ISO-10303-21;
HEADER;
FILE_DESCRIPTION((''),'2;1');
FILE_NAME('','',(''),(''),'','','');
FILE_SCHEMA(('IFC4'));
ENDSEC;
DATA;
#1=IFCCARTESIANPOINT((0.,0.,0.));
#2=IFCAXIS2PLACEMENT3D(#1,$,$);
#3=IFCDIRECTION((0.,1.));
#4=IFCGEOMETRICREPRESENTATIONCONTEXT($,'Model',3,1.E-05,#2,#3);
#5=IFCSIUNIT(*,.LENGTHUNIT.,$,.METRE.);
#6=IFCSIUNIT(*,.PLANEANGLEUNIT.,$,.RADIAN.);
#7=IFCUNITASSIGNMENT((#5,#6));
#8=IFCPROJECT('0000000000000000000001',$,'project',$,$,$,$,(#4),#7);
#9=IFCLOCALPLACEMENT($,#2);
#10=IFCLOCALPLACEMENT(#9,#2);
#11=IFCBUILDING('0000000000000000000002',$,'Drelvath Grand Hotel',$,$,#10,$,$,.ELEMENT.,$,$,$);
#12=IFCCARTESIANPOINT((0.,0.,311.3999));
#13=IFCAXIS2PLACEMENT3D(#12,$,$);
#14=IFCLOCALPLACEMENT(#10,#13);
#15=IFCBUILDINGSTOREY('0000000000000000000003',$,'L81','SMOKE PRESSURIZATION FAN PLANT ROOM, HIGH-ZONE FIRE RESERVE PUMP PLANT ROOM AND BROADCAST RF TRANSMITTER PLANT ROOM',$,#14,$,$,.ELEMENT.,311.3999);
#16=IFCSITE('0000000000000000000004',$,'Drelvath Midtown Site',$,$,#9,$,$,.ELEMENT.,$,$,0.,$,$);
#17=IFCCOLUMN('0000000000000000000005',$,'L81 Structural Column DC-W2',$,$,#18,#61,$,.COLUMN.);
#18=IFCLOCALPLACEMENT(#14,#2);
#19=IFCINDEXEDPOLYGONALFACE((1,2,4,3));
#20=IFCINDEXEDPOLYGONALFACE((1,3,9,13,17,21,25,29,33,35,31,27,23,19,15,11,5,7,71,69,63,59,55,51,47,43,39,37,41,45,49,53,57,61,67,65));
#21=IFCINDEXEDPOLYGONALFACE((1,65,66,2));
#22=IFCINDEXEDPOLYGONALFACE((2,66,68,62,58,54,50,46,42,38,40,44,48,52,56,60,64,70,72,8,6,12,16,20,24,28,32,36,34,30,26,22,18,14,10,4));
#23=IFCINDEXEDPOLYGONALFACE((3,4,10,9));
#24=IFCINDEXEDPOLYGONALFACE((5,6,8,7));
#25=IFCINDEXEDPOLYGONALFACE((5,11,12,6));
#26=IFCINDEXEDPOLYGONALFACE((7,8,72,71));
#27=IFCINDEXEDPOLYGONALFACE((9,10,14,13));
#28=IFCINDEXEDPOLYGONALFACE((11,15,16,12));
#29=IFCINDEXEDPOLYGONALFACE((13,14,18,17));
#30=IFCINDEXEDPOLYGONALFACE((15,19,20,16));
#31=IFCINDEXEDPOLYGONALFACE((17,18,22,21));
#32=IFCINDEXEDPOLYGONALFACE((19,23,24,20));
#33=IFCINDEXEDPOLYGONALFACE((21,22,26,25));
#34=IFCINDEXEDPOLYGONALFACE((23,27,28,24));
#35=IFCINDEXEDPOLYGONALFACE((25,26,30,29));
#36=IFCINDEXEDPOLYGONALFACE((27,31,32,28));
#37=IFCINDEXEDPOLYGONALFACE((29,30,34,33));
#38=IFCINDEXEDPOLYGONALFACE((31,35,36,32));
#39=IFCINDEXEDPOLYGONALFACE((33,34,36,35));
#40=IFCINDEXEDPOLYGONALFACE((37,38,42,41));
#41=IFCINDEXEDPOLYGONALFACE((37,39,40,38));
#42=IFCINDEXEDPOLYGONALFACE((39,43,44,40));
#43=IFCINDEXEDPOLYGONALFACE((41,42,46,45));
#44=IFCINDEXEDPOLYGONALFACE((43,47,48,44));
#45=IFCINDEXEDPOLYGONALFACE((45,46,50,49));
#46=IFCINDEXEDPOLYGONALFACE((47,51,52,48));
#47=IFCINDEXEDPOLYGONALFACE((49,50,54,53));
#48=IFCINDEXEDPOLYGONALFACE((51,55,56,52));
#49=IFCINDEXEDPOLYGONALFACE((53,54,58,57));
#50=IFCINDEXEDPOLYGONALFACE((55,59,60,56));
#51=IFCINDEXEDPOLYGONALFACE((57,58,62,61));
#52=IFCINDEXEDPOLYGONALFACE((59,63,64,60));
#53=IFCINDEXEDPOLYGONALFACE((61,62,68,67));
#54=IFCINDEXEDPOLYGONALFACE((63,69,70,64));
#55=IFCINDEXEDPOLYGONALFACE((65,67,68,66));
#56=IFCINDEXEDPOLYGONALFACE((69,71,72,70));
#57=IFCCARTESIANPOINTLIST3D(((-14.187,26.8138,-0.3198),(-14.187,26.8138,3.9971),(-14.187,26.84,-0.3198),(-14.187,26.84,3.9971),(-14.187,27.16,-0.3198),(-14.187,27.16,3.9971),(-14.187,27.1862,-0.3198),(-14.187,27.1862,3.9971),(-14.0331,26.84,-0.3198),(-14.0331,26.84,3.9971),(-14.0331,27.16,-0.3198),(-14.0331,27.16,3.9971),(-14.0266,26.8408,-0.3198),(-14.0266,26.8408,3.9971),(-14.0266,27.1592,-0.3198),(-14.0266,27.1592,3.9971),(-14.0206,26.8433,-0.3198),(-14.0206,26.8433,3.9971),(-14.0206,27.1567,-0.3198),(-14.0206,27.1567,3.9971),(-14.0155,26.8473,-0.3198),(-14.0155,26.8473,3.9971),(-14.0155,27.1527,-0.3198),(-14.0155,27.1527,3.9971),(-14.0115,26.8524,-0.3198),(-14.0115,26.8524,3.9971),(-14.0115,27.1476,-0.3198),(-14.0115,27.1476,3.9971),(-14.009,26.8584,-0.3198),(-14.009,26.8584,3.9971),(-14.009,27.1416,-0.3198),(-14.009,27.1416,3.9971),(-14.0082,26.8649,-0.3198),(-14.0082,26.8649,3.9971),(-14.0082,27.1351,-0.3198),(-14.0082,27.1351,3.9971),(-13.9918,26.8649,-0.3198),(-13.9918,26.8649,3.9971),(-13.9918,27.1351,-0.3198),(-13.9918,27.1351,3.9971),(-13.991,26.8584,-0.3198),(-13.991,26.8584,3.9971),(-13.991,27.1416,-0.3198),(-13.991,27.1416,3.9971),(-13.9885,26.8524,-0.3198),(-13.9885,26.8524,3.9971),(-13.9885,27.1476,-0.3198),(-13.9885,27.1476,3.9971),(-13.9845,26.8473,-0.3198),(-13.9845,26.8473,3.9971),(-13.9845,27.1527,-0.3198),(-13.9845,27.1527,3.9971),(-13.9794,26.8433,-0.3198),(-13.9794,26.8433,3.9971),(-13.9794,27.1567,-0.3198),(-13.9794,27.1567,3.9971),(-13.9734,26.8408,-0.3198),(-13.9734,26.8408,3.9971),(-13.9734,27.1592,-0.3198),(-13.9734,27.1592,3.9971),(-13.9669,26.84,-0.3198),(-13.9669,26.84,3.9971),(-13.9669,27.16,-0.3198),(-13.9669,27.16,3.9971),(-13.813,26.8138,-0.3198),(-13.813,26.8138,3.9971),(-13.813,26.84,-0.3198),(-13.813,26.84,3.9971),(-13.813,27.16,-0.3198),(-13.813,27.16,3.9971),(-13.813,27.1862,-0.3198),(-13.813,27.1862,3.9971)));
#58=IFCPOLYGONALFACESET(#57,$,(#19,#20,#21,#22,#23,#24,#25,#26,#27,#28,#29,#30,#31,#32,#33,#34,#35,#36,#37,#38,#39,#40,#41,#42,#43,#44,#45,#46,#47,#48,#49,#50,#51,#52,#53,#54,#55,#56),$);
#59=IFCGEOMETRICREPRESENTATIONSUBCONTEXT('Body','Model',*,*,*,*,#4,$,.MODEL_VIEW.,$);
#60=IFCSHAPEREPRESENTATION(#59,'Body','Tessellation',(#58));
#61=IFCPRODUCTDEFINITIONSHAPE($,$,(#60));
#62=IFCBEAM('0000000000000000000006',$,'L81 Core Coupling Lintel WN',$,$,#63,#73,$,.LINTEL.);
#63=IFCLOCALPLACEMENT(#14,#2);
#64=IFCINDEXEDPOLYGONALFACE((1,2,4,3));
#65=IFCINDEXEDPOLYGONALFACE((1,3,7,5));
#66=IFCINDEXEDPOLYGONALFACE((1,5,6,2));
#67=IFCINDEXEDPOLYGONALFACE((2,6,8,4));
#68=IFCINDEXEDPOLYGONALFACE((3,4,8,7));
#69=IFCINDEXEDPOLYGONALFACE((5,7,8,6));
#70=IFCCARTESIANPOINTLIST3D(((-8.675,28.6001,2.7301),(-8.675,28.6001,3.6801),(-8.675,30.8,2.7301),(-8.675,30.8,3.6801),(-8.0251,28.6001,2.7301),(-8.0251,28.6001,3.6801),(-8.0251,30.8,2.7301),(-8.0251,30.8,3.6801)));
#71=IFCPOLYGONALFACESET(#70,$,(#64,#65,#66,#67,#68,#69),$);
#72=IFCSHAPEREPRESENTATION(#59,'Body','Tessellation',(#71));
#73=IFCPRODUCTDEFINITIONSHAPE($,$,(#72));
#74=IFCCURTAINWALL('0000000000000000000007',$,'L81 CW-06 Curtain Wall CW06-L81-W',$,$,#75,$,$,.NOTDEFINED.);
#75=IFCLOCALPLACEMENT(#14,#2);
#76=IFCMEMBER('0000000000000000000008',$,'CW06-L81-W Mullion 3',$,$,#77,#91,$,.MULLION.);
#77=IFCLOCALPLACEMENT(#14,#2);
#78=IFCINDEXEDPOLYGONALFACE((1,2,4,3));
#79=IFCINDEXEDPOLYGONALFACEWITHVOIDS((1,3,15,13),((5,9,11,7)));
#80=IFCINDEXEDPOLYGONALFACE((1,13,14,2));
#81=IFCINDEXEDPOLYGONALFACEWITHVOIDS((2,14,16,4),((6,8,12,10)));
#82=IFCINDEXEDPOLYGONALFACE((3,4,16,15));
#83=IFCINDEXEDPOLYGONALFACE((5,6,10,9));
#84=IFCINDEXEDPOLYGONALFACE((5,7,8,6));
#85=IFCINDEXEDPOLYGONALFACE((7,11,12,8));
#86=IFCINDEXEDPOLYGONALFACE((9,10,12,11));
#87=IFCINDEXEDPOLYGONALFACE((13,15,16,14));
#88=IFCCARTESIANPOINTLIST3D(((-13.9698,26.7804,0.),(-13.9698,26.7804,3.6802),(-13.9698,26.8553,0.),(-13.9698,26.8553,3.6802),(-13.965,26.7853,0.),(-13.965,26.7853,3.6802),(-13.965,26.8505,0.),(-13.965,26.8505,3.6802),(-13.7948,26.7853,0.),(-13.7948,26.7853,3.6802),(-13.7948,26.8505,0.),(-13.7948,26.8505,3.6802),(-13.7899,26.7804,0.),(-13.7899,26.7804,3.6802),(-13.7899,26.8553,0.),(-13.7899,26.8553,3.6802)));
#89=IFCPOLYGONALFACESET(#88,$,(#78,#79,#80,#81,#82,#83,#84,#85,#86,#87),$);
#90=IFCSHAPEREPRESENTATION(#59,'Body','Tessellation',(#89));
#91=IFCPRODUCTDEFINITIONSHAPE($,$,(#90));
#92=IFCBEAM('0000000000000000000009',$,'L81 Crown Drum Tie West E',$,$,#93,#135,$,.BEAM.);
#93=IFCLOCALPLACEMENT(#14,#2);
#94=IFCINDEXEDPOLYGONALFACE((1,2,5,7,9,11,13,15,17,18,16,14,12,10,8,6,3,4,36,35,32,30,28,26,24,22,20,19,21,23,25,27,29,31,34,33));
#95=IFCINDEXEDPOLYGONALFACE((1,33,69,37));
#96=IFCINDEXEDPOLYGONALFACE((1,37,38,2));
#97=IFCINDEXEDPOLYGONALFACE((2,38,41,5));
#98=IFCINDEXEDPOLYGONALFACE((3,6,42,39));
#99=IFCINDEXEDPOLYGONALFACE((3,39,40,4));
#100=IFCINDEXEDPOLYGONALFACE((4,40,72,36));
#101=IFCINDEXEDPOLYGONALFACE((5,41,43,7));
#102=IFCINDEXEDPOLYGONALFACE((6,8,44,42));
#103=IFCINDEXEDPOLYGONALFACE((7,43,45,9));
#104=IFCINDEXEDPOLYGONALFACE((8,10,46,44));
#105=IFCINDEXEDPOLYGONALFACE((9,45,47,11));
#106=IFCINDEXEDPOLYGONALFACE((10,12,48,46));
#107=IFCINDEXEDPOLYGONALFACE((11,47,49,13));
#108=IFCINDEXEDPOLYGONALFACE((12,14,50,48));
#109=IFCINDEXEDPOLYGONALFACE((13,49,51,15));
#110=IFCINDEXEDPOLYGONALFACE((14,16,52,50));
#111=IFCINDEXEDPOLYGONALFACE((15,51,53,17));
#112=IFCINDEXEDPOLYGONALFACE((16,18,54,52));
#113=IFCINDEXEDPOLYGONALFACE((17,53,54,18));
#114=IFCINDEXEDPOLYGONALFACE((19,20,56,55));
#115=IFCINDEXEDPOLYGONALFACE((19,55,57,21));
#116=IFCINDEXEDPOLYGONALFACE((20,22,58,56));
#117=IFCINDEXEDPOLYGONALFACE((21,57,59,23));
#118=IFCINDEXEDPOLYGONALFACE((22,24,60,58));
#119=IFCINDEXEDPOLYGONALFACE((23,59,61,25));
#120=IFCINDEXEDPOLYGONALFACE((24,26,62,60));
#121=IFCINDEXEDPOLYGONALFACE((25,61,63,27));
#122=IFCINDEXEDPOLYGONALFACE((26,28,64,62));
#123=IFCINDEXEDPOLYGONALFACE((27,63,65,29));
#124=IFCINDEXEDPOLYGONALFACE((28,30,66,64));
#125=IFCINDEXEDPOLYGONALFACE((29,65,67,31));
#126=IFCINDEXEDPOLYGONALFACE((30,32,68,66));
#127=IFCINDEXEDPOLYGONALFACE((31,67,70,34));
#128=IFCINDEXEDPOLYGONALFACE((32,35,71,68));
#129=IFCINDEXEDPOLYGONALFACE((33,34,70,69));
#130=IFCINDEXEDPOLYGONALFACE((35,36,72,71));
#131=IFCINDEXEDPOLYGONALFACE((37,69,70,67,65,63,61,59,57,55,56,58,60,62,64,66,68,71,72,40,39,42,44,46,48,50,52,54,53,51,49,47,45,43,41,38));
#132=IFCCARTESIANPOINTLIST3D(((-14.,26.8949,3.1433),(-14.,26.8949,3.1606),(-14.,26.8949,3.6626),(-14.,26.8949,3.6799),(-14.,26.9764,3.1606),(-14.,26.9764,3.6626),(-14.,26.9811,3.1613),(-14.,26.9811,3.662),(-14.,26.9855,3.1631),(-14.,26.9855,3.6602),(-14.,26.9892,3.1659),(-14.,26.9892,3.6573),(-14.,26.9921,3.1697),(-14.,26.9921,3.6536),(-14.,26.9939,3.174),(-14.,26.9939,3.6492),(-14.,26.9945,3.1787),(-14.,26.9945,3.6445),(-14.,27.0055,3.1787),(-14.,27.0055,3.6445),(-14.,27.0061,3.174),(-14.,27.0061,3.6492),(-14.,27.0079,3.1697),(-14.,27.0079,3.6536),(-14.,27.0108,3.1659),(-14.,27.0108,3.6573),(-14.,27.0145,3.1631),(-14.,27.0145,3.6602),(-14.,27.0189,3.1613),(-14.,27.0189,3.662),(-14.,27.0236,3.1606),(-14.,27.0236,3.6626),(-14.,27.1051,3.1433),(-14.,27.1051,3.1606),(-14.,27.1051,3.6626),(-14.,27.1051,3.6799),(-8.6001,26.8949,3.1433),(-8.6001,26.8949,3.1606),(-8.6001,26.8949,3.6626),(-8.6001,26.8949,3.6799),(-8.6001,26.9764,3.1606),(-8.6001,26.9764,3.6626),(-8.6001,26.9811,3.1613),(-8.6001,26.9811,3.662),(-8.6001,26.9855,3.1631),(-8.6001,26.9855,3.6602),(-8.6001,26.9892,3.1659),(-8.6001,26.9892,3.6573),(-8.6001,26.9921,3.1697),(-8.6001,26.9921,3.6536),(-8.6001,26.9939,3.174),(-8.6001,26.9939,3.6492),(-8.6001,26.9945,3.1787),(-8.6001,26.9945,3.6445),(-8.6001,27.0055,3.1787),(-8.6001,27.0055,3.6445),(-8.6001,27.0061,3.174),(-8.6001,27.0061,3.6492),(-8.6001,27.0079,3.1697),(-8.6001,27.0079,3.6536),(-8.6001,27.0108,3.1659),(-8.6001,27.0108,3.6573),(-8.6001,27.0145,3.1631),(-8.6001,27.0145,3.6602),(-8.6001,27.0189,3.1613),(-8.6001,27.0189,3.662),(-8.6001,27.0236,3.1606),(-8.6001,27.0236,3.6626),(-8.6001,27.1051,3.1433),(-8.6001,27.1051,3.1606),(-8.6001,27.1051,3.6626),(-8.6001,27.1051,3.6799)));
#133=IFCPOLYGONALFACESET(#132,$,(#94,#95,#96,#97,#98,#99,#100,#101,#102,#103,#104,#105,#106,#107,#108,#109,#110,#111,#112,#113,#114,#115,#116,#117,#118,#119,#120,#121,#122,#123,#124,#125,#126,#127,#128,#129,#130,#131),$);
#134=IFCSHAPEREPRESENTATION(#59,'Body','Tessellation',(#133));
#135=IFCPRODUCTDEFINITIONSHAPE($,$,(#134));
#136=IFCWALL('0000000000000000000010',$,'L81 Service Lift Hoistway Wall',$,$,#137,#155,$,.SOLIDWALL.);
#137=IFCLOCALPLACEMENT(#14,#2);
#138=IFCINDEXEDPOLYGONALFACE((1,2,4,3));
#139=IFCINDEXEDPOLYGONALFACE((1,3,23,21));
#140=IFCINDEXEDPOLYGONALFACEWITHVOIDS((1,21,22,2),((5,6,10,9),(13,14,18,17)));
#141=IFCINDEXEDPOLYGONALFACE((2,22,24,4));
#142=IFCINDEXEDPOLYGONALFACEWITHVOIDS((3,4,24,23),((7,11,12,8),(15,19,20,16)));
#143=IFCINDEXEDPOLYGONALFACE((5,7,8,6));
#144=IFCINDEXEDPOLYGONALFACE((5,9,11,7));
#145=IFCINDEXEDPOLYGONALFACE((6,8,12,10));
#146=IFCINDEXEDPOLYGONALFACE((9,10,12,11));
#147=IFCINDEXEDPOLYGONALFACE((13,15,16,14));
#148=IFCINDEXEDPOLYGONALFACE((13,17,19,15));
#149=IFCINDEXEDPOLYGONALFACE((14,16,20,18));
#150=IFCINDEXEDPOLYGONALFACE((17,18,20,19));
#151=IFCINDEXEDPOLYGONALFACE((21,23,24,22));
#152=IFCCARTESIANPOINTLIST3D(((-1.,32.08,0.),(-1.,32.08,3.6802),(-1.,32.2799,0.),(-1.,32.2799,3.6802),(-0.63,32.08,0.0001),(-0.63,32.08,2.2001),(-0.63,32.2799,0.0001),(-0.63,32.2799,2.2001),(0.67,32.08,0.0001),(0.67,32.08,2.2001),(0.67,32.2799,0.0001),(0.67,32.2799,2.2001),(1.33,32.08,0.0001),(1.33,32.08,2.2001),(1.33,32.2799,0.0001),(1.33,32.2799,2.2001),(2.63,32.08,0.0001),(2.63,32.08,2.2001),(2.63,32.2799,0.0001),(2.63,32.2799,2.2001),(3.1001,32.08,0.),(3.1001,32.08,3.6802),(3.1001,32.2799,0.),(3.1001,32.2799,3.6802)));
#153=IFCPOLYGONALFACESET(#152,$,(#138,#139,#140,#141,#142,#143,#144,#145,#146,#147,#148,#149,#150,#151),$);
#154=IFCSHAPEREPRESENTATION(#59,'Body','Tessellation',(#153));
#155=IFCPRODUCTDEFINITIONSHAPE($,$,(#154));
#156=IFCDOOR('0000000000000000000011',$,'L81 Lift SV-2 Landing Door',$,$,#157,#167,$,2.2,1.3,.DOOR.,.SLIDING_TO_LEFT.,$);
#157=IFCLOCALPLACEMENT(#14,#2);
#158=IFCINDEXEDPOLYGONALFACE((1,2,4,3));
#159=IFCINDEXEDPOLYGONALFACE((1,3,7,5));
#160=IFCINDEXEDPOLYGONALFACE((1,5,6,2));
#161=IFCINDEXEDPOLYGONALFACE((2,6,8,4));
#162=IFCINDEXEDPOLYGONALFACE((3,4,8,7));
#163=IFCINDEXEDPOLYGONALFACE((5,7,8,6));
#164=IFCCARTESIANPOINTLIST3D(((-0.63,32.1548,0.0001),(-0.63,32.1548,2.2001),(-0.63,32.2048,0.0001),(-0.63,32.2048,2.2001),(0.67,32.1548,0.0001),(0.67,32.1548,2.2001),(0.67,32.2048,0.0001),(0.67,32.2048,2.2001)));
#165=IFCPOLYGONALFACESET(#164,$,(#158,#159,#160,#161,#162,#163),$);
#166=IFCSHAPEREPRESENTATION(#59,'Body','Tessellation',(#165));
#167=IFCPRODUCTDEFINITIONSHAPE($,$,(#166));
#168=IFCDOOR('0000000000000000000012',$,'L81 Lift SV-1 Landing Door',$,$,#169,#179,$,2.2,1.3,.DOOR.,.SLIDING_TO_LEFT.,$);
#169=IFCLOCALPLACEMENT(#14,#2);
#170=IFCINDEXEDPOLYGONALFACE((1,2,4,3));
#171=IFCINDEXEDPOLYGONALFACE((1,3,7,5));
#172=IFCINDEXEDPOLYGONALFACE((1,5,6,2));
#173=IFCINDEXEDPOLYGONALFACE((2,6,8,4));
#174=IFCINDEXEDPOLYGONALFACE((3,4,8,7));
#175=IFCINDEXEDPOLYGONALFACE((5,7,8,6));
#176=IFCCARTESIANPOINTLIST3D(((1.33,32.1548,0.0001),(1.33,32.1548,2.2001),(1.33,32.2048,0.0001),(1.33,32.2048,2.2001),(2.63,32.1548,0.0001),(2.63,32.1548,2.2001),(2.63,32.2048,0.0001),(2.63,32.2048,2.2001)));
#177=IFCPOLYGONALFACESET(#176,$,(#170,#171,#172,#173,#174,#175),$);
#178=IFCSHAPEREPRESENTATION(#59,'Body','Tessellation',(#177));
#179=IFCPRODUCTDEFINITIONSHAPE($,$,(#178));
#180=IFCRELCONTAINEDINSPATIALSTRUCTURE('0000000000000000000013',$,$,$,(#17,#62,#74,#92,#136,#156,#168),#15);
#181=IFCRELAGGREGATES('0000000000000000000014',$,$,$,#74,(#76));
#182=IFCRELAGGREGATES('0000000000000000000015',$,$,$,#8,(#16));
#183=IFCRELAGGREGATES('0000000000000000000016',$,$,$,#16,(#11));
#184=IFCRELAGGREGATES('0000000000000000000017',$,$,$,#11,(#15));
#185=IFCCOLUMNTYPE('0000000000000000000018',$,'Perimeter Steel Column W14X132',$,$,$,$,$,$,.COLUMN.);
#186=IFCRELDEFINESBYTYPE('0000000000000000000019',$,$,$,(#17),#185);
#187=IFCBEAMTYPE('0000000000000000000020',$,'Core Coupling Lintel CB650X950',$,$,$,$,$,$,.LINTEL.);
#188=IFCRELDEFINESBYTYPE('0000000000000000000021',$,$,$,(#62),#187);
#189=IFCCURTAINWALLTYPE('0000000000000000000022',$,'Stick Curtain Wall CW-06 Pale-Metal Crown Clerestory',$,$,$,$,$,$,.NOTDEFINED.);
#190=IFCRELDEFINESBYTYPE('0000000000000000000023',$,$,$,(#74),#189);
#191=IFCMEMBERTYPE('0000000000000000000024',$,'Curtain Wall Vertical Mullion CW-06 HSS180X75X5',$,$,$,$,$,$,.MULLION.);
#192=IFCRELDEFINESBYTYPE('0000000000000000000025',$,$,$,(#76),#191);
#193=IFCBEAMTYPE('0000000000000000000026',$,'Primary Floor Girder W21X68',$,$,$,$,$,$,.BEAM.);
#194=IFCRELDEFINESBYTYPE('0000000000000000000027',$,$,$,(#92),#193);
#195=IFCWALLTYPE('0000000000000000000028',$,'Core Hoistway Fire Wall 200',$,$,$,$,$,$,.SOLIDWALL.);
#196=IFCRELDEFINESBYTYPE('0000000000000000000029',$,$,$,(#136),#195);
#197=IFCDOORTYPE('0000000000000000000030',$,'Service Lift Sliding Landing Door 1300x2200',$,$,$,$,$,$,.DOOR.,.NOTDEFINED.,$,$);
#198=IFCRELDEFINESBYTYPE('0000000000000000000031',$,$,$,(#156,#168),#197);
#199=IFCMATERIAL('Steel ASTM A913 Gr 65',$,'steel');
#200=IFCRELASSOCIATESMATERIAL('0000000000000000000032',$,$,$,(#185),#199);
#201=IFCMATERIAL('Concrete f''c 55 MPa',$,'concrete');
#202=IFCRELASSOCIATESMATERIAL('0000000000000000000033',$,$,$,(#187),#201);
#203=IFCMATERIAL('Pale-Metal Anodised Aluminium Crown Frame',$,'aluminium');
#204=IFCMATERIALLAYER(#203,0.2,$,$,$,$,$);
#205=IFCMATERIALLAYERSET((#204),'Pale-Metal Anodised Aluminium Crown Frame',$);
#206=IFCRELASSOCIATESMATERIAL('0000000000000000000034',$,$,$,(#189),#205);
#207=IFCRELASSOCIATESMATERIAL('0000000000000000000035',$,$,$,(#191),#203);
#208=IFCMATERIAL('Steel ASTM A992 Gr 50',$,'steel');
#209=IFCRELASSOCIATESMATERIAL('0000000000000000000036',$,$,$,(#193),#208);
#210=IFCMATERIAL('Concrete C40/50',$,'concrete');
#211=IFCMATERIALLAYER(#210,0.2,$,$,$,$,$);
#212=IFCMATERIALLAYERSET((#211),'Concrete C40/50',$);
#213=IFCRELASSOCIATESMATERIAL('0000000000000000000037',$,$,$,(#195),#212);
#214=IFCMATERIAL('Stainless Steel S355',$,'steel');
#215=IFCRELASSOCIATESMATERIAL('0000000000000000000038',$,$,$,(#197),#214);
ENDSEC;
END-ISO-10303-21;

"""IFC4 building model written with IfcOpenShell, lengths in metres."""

from ifc_helpers import new_model, si_unit, direction, frame, frame_2d, origin, origin_2d, place, context, subcontext, project, spatial, rectangle, hollow_rectangle, i_section, extrude, material, layer, layer_set, material_profile, profile_set, type_object, element, fill, aggregate, save


model = new_model("IFC4")

# Units and contexts
model_context = context("Model", 3, precision=1e-05, world=origin(), true_north=direction((0.0, 1.0)))
body_context = subcontext(model_context, "Body", "Model", "MODEL_VIEW")
ifc_project = project(units=[si_unit("LENGTHUNIT", "METRE"), si_unit("PLANEANGLEUNIT", "RADIAN")], contexts=[model_context])

# Site, building, storey
site_placement = place(None, origin())
site = spatial("IfcSite", under=ifc_project, at=site_placement, Name="Drelvath Midtown Site", CompositionType="ELEMENT", RefElevation=0.0)
building_placement = place(site_placement, origin())
building = spatial("IfcBuilding", under=site, at=building_placement, Name="Drelvath Grand Hotel", CompositionType="ELEMENT")
storey_placement = place(building_placement, frame((0.0, 0.0, 311.3999)))
storey = spatial("IfcBuildingStorey", under=building, at=storey_placement, Name="L81", Description="SMOKE PRESSURIZATION FAN PLANT ROOM, HIGH-ZONE FIRE RESERVE PUMP PLANT ROOM AND BROADCAST RF TRANSMITTER PLANT ROOM", CompositionType="ELEMENT", Elevation=311.3999)

# Column
ifc_material_1 = material(Name="Steel ASTM A913 Gr 65", Category="steel")
ifc_material_profile_1 = material_profile(ifc_material_1, i_section(OverallWidth=0.374, OverallDepth=0.3723, WebThickness=0.0164, FlangeThickness=0.0261, FilletRadius=0.0249, at=origin_2d()), Name="W14X132")
ifc_profile_set_1 = profile_set([ifc_material_profile_1], Name="Steel ASTM A913 Gr 65")
column_type = type_object("IfcColumnType", Name="Perimeter Steel Column W14X132", PredefinedType="COLUMN", material=ifc_profile_set_1)
column_placement = place(storey_placement, frame((-14.0, 27.0, -0.3198), z_axis=(0.0, 0.0, 1.0), x_axis=(1.0, 0.0, 0.0)))
element("IfcColumn", 1, at=column_placement, inside=storey, type_object=column_type, Name="L81 Structural Column DC-W2", PredefinedType="COLUMN", context=body_context, shape_type="SweptSolid", body=[
    extrude(i_section(OverallWidth=0.374, OverallDepth=0.3723, WebThickness=0.0164, FlangeThickness=0.0261, FilletRadius=0.0249, at=origin_2d()), origin(), (0.0, 0.0, 1.0), 4.3169),
])

# Beam
ifc_material_2 = material(Name="Concrete f'c 55 MPa", Category="concrete")
ifc_material_profile_2 = material_profile(ifc_material_2, rectangle(XDim=0.6499, YDim=0.95, at=origin_2d()), Name="CB650X950")
ifc_profile_set_2 = profile_set([ifc_material_profile_2], Name="Concrete f'c 55 MPa")
beam_type_1 = type_object("IfcBeamType", Name="Core Coupling Lintel CB650X950", PredefinedType="LINTEL", material=ifc_profile_set_2)
beam_1_placement = place(storey_placement, frame((-8.3501, 28.6001, 3.2051), z_axis=(0.0, 1.0, 0.0), x_axis=(-1.0, 0.0, 0.0)))
element("IfcBeam", 2, at=beam_1_placement, inside=storey, type_object=beam_type_1, Name="L81 Core Coupling Lintel WN", PredefinedType="LINTEL", context=body_context, shape_type="SweptSolid", body=[
    extrude(rectangle(XDim=0.6499, YDim=0.95, at=origin_2d()), origin(), (0.0, 0.0, 1.0), 2.2),
])

# Curtain wall, member
ifc_material_3 = material(Name="Pale-Metal Anodised Aluminium Crown Frame", Category="aluminium")
ifc_layer_1 = layer(ifc_material_3, 0.2)
ifc_layer_set_1 = layer_set([ifc_layer_1], Name="Pale-Metal Anodised Aluminium Crown Frame")
curtain_wall_type = type_object("IfcCurtainWallType", Name="Stick Curtain Wall CW-06 Pale-Metal Crown Clerestory", PredefinedType="NOTDEFINED", material=ifc_layer_set_1)
curtain_wall_placement = place(storey_placement, origin())
curtain_wall = element("IfcCurtainWall", 3, at=curtain_wall_placement, inside=storey, type_object=curtain_wall_type, Name="L81 CW-06 Curtain Wall CW06-L81-W", PredefinedType="NOTDEFINED")
ifc_material_profile_3 = material_profile(ifc_material_3, hollow_rectangle(XDim=0.075, YDim=0.1799, WallThickness=0.0049, at=origin_2d()), Name="HSS180X75X5")
ifc_profile_set_3 = profile_set([ifc_material_profile_3], Name="Pale-Metal Anodised Aluminium Crown Frame")
member_type = type_object("IfcMemberType", Name="Curtain Wall Vertical Mullion CW-06 HSS180X75X5", PredefinedType="MULLION", material=ifc_profile_set_3)
member_placement = place(storey_placement, frame((-13.8799, 26.8179, 0.0), z_axis=(0.0, 0.0, 1.0), x_axis=(0.0, 1.0, 0.0)))
member = element("IfcMember", 4, at=member_placement, type_object=member_type, Name="CW06-L81-W Mullion 3", PredefinedType="MULLION", context=body_context, shape_type="SweptSolid", body=[
    extrude(hollow_rectangle(XDim=0.075, YDim=0.1799, WallThickness=0.0049, at=origin_2d()), origin(), (0.0, 0.0, 1.0), 3.6802),
])
aggregate(curtain_wall, [member])

# Beam
ifc_material_4 = material(Name="Steel ASTM A992 Gr 50", Category="steel")
ifc_material_profile_4 = material_profile(ifc_material_4, i_section(OverallWidth=0.2102, OverallDepth=0.5366, WebThickness=0.011, FlangeThickness=0.0173, FilletRadius=0.0181, at=origin_2d()), Name="W21X68")
ifc_profile_set_4 = profile_set([ifc_material_profile_4], Name="Steel ASTM A992 Gr 50")
beam_type_2 = type_object("IfcBeamType", Name="Primary Floor Girder W21X68", PredefinedType="BEAM", material=ifc_profile_set_4)
beam_2_placement = place(storey_placement, frame((-14.0, 27.0, 3.4116), z_axis=(1.0, 0.0, 0.0), x_axis=(0.0, 1.0, 0.0)))
element("IfcBeam", 5, at=beam_2_placement, inside=storey, type_object=beam_type_2, Name="L81 Crown Drum Tie West E", PredefinedType="BEAM", context=body_context, shape_type="SweptSolid", body=[
    extrude(i_section(OverallWidth=0.2102, OverallDepth=0.5366, WebThickness=0.011, FlangeThickness=0.0173, FilletRadius=0.0181, at=origin_2d()), origin(), (0.0, 0.0, 1.0), 5.3999),
])

# Wall, openings, doors
ifc_material_5 = material(Name="Concrete C40/50", Category="concrete")
ifc_layer_2 = layer(ifc_material_5, 0.2)
ifc_layer_set_2 = layer_set([ifc_layer_2], Name="Concrete C40/50")
wall_type_1 = type_object("IfcWallType", Name="Core Hoistway Fire Wall 200", PredefinedType="SOLIDWALL", material=ifc_layer_set_2)
wall_1_placement = place(storey_placement, frame((-1.0, 32.1799, 0.0), z_axis=(0.0, 0.0, 1.0), x_axis=(1.0, 0.0, 0.0)))
wall_1 = element("IfcWall", 6, at=wall_1_placement, inside=storey, type_object=wall_type_1, Name="L81 Service Lift Hoistway Wall", PredefinedType="SOLIDWALL", context=body_context, shape_type="SweptSolid", body=[
    extrude(rectangle(XDim=4.1001, YDim=0.2, at=frame_2d((2.05, 0.0))), origin(), (0.0, 0.0, 1.0), 3.6802),
])
opening_1_placement = place(wall_1_placement, frame((0.3701, 0.0, 0.0)))
opening_1 = element("IfcOpeningElement", 7, at=opening_1_placement, cuts=wall_1, PredefinedType="OPENING", context=body_context, shape_type="SweptSolid", body=[
    extrude(rectangle(XDim=1.3, YDim=2.2, at=frame_2d((0.6499, 1.1001))), frame((0.0, 0.1099, 0.0), z_axis=(0.0, -1.0, 0.0), x_axis=(1.0, 0.0, 0.0)), (0.0, 0.0, 1.0), 0.22),
])
opening_2_placement = place(wall_1_placement, frame((2.3301, 0.0, 0.0)))
opening_2 = element("IfcOpeningElement", 8, at=opening_2_placement, cuts=wall_1, PredefinedType="OPENING", context=body_context, shape_type="SweptSolid", body=[
    extrude(rectangle(XDim=1.3, YDim=2.2, at=frame_2d((0.6499, 1.1001))), frame((0.0, 0.1099, 0.0), z_axis=(0.0, -1.0, 0.0), x_axis=(1.0, 0.0, 0.0)), (0.0, 0.0, 1.0), 0.22),
])
ifc_material_6 = material(Name="Stainless Steel S355", Category="steel")
door_type_1 = type_object("IfcDoorType", Name="Service Lift Sliding Landing Door 1300x2200", OperationType="NOTDEFINED", PredefinedType="DOOR", material=ifc_material_6)
door_1_placement = place(opening_1_placement, origin())
door_1 = element("IfcDoor", 9, at=door_1_placement, inside=storey, type_object=door_type_1, Name="L81 Lift SV-2 Landing Door", OperationType="SLIDING_TO_LEFT", OverallHeight=2.2, OverallWidth=1.3, PredefinedType="DOOR", context=body_context, shape_type="SweptSolid", body=[
    extrude(rectangle(XDim=1.3, YDim=2.2, at=frame_2d((0.6499, 1.1001))), frame((0.0, 0.0249, 0.0), z_axis=(0.0, -1.0, 0.0), x_axis=(1.0, 0.0, 0.0)), (0.0, 0.0, 1.0), 0.05),
])
fill(opening_1, door_1)
door_2_placement = place(opening_2_placement, origin())
door_2 = element("IfcDoor", 10, at=door_2_placement, inside=storey, type_object=door_type_1, Name="L81 Lift SV-1 Landing Door", OperationType="SLIDING_TO_LEFT", OverallHeight=2.2, OverallWidth=1.3, PredefinedType="DOOR", context=body_context, shape_type="SweptSolid", body=[
    extrude(rectangle(XDim=1.3, YDim=2.2, at=frame_2d((0.6499, 1.1001))), frame((0.0, 0.0249, 0.0), z_axis=(0.0, -1.0, 0.0), x_axis=(1.0, 0.0, 0.0)), (0.0, 0.0, 1.0), 0.05),
])
fill(opening_2, door_2)

save(model, "model.ifc")
